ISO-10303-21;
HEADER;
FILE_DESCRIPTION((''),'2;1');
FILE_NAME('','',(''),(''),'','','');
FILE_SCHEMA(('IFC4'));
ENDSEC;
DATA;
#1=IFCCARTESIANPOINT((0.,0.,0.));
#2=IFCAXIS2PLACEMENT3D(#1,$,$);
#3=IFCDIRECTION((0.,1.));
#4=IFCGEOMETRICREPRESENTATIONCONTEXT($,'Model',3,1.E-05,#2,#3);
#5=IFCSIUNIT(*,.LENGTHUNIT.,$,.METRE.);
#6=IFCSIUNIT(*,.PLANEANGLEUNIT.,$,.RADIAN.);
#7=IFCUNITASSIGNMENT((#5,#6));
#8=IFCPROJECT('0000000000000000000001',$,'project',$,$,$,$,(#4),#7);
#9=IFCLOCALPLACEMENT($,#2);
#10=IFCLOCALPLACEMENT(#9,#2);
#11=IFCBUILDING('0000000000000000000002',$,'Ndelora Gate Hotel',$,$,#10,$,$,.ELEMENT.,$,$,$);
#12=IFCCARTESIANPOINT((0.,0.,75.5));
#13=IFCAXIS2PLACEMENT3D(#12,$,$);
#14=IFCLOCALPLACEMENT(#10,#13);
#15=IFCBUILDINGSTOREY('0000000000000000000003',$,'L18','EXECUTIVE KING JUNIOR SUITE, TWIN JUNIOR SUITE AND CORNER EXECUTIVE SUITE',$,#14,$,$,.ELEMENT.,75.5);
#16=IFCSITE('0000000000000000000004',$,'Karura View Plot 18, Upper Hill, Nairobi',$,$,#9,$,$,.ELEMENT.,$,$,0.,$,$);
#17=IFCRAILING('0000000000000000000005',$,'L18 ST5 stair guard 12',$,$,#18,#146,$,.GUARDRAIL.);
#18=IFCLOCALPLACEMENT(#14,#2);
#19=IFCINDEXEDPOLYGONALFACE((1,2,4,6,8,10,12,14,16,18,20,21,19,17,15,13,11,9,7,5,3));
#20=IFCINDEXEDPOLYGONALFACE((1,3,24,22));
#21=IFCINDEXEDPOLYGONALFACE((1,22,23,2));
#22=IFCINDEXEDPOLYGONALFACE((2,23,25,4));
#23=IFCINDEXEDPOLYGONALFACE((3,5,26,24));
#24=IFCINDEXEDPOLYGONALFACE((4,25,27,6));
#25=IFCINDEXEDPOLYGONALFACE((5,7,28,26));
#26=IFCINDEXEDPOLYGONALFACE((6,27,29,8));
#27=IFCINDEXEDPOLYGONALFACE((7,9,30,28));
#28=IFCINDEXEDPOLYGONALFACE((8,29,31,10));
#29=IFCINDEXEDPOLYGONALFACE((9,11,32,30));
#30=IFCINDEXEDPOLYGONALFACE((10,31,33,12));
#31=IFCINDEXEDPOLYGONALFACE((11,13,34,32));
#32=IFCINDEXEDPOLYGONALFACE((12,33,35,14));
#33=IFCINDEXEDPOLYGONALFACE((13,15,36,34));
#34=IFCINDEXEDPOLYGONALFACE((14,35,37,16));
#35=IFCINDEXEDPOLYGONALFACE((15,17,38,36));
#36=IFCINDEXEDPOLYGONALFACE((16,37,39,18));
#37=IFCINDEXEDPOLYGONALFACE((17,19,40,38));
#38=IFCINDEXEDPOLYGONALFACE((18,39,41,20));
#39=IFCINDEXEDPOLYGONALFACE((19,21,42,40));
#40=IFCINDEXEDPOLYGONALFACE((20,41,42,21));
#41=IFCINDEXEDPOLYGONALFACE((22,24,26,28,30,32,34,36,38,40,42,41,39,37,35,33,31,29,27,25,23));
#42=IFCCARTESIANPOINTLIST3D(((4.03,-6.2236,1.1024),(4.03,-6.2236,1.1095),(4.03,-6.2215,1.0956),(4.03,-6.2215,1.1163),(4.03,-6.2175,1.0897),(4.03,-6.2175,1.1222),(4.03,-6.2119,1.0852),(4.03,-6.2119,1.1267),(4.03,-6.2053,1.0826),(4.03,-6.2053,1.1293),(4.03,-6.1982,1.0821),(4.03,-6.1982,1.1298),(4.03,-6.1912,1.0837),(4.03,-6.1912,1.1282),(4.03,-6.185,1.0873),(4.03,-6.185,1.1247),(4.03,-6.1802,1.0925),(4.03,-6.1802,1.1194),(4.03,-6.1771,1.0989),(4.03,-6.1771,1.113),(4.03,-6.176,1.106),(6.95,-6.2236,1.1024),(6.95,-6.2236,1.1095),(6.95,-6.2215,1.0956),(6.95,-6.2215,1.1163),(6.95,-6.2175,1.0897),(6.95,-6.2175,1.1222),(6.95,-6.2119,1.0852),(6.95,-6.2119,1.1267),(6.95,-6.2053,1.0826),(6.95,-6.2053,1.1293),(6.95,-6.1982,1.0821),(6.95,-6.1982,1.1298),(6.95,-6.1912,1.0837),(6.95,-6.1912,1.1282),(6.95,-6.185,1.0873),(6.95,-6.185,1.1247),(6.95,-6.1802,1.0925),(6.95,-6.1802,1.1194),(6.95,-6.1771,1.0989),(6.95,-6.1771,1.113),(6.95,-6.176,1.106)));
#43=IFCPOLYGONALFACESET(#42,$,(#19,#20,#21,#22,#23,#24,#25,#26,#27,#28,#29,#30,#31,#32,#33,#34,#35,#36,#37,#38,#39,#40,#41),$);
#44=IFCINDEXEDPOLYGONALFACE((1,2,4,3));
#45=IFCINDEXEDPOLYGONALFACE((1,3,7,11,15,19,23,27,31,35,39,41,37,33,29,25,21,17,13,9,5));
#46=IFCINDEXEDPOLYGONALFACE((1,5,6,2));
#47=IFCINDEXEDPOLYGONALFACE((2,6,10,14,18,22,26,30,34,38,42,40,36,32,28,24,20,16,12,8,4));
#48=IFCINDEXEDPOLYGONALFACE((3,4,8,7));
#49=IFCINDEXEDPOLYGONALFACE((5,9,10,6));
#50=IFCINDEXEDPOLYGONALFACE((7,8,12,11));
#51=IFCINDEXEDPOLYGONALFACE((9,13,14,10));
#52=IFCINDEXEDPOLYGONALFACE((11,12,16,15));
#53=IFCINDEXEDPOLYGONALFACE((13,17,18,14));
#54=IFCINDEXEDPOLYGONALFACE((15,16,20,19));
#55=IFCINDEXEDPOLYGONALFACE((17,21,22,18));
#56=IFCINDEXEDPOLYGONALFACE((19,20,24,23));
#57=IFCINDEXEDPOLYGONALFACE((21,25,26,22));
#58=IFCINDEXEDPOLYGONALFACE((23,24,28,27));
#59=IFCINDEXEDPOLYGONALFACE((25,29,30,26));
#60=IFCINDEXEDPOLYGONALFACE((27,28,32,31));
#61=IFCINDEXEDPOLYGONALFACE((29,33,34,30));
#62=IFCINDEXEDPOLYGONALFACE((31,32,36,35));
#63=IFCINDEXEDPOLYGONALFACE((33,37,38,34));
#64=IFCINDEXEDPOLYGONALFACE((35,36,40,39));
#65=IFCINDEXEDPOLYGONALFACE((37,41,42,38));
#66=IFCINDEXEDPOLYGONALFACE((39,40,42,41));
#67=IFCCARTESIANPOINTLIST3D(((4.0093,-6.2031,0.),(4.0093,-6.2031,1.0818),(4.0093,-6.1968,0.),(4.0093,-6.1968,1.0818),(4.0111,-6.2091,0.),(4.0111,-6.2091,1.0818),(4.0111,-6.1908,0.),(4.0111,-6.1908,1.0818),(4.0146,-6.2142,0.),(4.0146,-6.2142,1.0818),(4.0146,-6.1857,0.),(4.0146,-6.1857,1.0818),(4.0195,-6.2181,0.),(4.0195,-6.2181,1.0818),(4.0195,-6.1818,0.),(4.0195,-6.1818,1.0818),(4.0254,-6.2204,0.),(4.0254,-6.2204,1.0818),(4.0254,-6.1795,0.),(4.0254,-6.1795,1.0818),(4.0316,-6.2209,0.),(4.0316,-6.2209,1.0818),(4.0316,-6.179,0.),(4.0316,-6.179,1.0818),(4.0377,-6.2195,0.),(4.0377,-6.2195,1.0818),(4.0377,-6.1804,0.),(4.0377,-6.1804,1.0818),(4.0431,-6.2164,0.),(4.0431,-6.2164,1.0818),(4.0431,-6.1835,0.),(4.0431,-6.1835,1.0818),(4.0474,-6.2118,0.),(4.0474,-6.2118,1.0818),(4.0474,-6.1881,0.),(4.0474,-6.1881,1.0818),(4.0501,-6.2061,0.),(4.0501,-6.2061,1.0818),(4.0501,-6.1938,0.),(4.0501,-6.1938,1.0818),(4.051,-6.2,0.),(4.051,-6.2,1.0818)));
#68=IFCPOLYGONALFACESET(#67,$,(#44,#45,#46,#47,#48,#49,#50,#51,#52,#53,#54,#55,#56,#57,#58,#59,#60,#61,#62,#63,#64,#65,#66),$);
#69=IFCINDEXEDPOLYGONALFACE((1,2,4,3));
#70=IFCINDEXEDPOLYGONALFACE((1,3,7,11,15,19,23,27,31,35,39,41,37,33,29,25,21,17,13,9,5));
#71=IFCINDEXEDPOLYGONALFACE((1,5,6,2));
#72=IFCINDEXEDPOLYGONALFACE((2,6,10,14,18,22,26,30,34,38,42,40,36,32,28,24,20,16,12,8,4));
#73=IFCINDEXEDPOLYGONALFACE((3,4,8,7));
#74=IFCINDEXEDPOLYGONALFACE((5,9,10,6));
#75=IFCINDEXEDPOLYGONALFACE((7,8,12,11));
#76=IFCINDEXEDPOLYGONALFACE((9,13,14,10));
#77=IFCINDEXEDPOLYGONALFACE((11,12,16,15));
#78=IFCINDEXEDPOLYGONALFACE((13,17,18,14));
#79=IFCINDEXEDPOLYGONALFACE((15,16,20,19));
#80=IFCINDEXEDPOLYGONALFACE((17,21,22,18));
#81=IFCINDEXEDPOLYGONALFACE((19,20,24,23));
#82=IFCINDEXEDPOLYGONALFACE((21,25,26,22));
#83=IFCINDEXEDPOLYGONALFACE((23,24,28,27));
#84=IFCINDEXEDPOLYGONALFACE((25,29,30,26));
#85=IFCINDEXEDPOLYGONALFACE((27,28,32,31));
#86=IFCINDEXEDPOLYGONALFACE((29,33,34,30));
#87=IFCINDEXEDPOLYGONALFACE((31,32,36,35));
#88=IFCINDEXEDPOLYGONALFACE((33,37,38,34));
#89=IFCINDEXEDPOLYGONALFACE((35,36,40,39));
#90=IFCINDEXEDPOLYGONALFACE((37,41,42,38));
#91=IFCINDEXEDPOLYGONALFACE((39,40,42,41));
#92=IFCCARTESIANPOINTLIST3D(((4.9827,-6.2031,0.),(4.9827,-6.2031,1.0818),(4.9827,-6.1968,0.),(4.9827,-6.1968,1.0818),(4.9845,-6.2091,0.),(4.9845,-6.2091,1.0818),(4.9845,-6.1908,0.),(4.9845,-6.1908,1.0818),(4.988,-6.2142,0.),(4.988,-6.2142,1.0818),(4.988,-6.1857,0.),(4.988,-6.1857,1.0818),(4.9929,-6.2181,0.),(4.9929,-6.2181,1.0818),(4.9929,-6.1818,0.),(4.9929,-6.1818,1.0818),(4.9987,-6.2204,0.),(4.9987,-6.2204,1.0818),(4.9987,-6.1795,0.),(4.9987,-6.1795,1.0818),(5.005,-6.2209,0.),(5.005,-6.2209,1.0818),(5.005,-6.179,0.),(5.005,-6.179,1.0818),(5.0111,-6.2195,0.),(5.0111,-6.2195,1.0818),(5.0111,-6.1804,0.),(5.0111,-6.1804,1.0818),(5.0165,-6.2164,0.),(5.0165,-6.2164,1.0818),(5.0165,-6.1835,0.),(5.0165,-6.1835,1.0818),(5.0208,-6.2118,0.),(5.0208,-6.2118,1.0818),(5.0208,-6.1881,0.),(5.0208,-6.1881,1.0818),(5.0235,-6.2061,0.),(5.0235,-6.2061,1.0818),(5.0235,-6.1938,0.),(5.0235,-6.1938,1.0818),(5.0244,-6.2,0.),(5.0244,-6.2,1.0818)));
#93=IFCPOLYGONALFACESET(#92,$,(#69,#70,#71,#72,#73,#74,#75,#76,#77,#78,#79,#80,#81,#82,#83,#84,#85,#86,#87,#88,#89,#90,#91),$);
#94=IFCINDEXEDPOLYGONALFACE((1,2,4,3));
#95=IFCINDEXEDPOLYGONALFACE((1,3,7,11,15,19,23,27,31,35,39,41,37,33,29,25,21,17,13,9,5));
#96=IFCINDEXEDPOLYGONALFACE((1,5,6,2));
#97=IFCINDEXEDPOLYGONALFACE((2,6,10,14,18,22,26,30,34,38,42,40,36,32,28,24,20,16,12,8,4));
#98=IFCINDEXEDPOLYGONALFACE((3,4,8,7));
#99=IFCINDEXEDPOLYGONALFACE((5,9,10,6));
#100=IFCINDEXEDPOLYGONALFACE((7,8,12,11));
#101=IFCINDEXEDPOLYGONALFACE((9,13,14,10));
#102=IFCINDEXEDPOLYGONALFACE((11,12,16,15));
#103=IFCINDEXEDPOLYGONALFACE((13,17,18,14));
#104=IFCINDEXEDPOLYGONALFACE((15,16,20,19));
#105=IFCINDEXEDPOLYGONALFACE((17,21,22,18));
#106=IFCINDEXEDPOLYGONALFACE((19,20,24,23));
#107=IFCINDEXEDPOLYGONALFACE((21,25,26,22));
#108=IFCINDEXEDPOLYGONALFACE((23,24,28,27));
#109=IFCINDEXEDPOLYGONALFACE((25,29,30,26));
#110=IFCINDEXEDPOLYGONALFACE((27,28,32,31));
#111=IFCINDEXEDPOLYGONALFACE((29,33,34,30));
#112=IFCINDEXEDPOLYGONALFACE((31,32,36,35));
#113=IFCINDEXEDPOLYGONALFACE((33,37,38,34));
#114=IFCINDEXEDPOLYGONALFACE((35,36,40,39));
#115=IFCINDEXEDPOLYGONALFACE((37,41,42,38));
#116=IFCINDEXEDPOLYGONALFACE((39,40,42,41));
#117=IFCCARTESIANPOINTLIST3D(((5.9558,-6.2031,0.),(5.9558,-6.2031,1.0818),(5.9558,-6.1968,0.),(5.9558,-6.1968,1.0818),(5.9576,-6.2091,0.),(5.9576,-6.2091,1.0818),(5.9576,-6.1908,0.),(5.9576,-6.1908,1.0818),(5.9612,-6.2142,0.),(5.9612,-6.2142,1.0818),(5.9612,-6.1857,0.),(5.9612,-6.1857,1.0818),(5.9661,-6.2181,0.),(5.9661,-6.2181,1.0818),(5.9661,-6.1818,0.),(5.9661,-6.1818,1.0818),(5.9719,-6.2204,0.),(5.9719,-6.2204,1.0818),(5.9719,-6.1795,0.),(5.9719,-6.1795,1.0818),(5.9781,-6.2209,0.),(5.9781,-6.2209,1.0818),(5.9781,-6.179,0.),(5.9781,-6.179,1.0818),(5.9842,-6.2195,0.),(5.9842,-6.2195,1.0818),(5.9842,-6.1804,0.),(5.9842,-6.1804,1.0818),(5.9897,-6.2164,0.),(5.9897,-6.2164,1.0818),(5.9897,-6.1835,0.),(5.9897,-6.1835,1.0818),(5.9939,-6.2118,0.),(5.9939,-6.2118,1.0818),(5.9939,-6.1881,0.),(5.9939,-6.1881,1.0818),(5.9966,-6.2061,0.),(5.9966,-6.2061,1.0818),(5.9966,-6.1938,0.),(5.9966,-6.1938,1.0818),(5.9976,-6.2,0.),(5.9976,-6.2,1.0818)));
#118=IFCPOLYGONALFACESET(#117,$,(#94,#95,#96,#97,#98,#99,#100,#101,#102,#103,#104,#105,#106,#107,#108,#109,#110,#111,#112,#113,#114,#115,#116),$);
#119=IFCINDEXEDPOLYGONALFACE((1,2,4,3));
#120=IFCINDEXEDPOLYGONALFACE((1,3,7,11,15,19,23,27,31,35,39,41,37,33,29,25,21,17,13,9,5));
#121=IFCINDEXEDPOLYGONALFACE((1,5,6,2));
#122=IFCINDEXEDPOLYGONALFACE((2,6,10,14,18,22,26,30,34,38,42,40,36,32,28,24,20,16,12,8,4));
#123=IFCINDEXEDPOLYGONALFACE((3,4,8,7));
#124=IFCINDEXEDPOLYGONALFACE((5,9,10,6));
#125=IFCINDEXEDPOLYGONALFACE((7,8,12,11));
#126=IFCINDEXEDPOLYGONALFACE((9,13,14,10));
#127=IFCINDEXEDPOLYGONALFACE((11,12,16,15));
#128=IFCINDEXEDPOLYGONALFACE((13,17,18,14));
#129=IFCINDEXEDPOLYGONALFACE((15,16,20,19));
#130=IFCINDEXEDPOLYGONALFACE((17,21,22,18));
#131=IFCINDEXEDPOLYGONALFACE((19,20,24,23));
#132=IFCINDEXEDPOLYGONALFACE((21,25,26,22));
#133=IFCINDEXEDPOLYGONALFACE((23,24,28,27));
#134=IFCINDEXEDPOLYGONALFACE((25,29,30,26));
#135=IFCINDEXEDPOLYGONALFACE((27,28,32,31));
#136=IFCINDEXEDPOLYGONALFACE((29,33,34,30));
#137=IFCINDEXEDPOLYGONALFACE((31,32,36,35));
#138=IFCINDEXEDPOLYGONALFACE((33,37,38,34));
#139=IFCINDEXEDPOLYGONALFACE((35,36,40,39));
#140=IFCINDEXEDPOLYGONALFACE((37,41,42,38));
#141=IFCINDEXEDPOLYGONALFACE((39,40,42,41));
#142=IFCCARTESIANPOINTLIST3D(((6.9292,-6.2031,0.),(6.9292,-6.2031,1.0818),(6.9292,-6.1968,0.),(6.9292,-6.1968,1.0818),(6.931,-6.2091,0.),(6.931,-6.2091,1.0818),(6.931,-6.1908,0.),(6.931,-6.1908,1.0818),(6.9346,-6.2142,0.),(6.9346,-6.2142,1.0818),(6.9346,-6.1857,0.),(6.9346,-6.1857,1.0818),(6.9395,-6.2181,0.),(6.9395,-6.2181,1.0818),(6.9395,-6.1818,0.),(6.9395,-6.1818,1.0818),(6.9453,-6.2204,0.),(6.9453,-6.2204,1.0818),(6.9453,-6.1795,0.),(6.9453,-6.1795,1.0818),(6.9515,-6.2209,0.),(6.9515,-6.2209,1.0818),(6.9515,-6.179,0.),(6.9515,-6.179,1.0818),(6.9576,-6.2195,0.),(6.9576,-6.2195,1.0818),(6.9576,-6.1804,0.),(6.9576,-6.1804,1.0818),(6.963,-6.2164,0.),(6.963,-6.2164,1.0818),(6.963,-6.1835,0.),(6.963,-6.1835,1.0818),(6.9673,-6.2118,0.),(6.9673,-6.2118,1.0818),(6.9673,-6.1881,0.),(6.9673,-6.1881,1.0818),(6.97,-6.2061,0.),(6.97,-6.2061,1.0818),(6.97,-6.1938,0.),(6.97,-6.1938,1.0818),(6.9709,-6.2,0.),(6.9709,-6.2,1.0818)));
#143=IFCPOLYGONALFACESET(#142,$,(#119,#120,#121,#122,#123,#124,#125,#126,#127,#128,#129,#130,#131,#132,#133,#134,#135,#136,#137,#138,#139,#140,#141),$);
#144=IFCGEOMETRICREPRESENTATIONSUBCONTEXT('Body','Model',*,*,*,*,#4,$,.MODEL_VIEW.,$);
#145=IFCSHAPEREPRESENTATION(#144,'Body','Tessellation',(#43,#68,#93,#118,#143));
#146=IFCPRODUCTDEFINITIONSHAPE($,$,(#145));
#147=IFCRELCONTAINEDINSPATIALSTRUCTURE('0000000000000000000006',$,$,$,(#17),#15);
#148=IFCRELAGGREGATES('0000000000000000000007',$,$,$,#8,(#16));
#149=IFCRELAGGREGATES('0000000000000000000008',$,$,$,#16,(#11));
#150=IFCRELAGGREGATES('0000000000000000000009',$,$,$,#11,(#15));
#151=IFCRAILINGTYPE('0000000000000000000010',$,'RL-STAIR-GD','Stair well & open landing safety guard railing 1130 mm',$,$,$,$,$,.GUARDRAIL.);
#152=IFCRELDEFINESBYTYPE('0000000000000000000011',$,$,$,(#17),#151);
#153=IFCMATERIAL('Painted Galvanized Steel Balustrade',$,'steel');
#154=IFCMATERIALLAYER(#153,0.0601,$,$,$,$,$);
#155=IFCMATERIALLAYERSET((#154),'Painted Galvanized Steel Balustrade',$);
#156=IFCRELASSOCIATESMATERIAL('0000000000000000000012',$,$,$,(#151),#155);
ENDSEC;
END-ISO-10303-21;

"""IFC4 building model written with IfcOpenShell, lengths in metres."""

from ifc_helpers import new_model, si_unit, direction, frame, origin, origin_2d, place, context, subcontext, project, spatial, circle, extrude, material, layer, layer_set, type_object, element, save


model = new_model("IFC4")

# Units and contexts
model_context = context("Model", 3, precision=1e-05, world=origin(), true_north=direction((0.0, 1.0)))
body_context = subcontext(model_context, "Body", "Model", "MODEL_VIEW")
ifc_project = project(units=[si_unit("LENGTHUNIT", "METRE"), si_unit("PLANEANGLEUNIT", "RADIAN")], contexts=[model_context])

# Site, building, storey
site_placement = place(None, origin())
site = spatial("IfcSite", under=ifc_project, at=site_placement, Name="Karura View Plot 18, Upper Hill, Nairobi", CompositionType="ELEMENT", RefElevation=0.0)
building_placement = place(site_placement, origin())
building = spatial("IfcBuilding", under=site, at=building_placement, Name="Ndelora Gate Hotel", CompositionType="ELEMENT")
storey_placement = place(building_placement, frame((0.0, 0.0, 75.5)))
storey = spatial("IfcBuildingStorey", under=building, at=storey_placement, Name="L18", Description="EXECUTIVE KING JUNIOR SUITE, TWIN JUNIOR SUITE AND CORNER EXECUTIVE SUITE", CompositionType="ELEMENT", Elevation=75.5)

# Railing
ifc_material_1 = material(Name="Painted Galvanized Steel Balustrade", Category="steel")
ifc_layer_1 = layer(ifc_material_1, 0.0601)
ifc_layer_set_1 = layer_set([ifc_layer_1], Name="Painted Galvanized Steel Balustrade")
railing_type = type_object("IfcRailingType", Name="RL-STAIR-GD", Description="Stair well & open landing safety guard railing 1130 mm", PredefinedType="GUARDRAIL", material=ifc_layer_set_1)
railing_1_placement = place(storey_placement, frame((4.03, -6.2, 0.0)))
element("IfcRailing", 1, at=railing_1_placement, inside=storey, type_object=railing_type, Name="L18 ST5 stair guard 12", PredefinedType="GUARDRAIL", context=body_context, shape_type="SweptSolid", body=[
    extrude(circle(Radius=0.0239, at=origin_2d()), frame((0.0, 0.0, 1.106), z_axis=(1.0, 0.0, 0.0), x_axis=(0.0, 1.0, 0.0)), (0.0, 0.0, 1.0), 2.9199),
    extrude(circle(Radius=0.021, at=origin_2d()), origin(), (0.0, 0.0, 1.0), 1.0818),
    extrude(circle(Radius=0.021, at=origin_2d()), frame((0.9734, 0.0, 0.0)), (0.0, 0.0, 1.0), 1.0818),
    extrude(circle(Radius=0.021, at=origin_2d()), frame((1.9465, 0.0, 0.0)), (0.0, 0.0, 1.0), 1.0818),
    extrude(circle(Radius=0.021, at=origin_2d()), frame((2.9199, 0.0, 0.0)), (0.0, 0.0, 1.0), 1.0818),
])

save(model, "model.ifc")
